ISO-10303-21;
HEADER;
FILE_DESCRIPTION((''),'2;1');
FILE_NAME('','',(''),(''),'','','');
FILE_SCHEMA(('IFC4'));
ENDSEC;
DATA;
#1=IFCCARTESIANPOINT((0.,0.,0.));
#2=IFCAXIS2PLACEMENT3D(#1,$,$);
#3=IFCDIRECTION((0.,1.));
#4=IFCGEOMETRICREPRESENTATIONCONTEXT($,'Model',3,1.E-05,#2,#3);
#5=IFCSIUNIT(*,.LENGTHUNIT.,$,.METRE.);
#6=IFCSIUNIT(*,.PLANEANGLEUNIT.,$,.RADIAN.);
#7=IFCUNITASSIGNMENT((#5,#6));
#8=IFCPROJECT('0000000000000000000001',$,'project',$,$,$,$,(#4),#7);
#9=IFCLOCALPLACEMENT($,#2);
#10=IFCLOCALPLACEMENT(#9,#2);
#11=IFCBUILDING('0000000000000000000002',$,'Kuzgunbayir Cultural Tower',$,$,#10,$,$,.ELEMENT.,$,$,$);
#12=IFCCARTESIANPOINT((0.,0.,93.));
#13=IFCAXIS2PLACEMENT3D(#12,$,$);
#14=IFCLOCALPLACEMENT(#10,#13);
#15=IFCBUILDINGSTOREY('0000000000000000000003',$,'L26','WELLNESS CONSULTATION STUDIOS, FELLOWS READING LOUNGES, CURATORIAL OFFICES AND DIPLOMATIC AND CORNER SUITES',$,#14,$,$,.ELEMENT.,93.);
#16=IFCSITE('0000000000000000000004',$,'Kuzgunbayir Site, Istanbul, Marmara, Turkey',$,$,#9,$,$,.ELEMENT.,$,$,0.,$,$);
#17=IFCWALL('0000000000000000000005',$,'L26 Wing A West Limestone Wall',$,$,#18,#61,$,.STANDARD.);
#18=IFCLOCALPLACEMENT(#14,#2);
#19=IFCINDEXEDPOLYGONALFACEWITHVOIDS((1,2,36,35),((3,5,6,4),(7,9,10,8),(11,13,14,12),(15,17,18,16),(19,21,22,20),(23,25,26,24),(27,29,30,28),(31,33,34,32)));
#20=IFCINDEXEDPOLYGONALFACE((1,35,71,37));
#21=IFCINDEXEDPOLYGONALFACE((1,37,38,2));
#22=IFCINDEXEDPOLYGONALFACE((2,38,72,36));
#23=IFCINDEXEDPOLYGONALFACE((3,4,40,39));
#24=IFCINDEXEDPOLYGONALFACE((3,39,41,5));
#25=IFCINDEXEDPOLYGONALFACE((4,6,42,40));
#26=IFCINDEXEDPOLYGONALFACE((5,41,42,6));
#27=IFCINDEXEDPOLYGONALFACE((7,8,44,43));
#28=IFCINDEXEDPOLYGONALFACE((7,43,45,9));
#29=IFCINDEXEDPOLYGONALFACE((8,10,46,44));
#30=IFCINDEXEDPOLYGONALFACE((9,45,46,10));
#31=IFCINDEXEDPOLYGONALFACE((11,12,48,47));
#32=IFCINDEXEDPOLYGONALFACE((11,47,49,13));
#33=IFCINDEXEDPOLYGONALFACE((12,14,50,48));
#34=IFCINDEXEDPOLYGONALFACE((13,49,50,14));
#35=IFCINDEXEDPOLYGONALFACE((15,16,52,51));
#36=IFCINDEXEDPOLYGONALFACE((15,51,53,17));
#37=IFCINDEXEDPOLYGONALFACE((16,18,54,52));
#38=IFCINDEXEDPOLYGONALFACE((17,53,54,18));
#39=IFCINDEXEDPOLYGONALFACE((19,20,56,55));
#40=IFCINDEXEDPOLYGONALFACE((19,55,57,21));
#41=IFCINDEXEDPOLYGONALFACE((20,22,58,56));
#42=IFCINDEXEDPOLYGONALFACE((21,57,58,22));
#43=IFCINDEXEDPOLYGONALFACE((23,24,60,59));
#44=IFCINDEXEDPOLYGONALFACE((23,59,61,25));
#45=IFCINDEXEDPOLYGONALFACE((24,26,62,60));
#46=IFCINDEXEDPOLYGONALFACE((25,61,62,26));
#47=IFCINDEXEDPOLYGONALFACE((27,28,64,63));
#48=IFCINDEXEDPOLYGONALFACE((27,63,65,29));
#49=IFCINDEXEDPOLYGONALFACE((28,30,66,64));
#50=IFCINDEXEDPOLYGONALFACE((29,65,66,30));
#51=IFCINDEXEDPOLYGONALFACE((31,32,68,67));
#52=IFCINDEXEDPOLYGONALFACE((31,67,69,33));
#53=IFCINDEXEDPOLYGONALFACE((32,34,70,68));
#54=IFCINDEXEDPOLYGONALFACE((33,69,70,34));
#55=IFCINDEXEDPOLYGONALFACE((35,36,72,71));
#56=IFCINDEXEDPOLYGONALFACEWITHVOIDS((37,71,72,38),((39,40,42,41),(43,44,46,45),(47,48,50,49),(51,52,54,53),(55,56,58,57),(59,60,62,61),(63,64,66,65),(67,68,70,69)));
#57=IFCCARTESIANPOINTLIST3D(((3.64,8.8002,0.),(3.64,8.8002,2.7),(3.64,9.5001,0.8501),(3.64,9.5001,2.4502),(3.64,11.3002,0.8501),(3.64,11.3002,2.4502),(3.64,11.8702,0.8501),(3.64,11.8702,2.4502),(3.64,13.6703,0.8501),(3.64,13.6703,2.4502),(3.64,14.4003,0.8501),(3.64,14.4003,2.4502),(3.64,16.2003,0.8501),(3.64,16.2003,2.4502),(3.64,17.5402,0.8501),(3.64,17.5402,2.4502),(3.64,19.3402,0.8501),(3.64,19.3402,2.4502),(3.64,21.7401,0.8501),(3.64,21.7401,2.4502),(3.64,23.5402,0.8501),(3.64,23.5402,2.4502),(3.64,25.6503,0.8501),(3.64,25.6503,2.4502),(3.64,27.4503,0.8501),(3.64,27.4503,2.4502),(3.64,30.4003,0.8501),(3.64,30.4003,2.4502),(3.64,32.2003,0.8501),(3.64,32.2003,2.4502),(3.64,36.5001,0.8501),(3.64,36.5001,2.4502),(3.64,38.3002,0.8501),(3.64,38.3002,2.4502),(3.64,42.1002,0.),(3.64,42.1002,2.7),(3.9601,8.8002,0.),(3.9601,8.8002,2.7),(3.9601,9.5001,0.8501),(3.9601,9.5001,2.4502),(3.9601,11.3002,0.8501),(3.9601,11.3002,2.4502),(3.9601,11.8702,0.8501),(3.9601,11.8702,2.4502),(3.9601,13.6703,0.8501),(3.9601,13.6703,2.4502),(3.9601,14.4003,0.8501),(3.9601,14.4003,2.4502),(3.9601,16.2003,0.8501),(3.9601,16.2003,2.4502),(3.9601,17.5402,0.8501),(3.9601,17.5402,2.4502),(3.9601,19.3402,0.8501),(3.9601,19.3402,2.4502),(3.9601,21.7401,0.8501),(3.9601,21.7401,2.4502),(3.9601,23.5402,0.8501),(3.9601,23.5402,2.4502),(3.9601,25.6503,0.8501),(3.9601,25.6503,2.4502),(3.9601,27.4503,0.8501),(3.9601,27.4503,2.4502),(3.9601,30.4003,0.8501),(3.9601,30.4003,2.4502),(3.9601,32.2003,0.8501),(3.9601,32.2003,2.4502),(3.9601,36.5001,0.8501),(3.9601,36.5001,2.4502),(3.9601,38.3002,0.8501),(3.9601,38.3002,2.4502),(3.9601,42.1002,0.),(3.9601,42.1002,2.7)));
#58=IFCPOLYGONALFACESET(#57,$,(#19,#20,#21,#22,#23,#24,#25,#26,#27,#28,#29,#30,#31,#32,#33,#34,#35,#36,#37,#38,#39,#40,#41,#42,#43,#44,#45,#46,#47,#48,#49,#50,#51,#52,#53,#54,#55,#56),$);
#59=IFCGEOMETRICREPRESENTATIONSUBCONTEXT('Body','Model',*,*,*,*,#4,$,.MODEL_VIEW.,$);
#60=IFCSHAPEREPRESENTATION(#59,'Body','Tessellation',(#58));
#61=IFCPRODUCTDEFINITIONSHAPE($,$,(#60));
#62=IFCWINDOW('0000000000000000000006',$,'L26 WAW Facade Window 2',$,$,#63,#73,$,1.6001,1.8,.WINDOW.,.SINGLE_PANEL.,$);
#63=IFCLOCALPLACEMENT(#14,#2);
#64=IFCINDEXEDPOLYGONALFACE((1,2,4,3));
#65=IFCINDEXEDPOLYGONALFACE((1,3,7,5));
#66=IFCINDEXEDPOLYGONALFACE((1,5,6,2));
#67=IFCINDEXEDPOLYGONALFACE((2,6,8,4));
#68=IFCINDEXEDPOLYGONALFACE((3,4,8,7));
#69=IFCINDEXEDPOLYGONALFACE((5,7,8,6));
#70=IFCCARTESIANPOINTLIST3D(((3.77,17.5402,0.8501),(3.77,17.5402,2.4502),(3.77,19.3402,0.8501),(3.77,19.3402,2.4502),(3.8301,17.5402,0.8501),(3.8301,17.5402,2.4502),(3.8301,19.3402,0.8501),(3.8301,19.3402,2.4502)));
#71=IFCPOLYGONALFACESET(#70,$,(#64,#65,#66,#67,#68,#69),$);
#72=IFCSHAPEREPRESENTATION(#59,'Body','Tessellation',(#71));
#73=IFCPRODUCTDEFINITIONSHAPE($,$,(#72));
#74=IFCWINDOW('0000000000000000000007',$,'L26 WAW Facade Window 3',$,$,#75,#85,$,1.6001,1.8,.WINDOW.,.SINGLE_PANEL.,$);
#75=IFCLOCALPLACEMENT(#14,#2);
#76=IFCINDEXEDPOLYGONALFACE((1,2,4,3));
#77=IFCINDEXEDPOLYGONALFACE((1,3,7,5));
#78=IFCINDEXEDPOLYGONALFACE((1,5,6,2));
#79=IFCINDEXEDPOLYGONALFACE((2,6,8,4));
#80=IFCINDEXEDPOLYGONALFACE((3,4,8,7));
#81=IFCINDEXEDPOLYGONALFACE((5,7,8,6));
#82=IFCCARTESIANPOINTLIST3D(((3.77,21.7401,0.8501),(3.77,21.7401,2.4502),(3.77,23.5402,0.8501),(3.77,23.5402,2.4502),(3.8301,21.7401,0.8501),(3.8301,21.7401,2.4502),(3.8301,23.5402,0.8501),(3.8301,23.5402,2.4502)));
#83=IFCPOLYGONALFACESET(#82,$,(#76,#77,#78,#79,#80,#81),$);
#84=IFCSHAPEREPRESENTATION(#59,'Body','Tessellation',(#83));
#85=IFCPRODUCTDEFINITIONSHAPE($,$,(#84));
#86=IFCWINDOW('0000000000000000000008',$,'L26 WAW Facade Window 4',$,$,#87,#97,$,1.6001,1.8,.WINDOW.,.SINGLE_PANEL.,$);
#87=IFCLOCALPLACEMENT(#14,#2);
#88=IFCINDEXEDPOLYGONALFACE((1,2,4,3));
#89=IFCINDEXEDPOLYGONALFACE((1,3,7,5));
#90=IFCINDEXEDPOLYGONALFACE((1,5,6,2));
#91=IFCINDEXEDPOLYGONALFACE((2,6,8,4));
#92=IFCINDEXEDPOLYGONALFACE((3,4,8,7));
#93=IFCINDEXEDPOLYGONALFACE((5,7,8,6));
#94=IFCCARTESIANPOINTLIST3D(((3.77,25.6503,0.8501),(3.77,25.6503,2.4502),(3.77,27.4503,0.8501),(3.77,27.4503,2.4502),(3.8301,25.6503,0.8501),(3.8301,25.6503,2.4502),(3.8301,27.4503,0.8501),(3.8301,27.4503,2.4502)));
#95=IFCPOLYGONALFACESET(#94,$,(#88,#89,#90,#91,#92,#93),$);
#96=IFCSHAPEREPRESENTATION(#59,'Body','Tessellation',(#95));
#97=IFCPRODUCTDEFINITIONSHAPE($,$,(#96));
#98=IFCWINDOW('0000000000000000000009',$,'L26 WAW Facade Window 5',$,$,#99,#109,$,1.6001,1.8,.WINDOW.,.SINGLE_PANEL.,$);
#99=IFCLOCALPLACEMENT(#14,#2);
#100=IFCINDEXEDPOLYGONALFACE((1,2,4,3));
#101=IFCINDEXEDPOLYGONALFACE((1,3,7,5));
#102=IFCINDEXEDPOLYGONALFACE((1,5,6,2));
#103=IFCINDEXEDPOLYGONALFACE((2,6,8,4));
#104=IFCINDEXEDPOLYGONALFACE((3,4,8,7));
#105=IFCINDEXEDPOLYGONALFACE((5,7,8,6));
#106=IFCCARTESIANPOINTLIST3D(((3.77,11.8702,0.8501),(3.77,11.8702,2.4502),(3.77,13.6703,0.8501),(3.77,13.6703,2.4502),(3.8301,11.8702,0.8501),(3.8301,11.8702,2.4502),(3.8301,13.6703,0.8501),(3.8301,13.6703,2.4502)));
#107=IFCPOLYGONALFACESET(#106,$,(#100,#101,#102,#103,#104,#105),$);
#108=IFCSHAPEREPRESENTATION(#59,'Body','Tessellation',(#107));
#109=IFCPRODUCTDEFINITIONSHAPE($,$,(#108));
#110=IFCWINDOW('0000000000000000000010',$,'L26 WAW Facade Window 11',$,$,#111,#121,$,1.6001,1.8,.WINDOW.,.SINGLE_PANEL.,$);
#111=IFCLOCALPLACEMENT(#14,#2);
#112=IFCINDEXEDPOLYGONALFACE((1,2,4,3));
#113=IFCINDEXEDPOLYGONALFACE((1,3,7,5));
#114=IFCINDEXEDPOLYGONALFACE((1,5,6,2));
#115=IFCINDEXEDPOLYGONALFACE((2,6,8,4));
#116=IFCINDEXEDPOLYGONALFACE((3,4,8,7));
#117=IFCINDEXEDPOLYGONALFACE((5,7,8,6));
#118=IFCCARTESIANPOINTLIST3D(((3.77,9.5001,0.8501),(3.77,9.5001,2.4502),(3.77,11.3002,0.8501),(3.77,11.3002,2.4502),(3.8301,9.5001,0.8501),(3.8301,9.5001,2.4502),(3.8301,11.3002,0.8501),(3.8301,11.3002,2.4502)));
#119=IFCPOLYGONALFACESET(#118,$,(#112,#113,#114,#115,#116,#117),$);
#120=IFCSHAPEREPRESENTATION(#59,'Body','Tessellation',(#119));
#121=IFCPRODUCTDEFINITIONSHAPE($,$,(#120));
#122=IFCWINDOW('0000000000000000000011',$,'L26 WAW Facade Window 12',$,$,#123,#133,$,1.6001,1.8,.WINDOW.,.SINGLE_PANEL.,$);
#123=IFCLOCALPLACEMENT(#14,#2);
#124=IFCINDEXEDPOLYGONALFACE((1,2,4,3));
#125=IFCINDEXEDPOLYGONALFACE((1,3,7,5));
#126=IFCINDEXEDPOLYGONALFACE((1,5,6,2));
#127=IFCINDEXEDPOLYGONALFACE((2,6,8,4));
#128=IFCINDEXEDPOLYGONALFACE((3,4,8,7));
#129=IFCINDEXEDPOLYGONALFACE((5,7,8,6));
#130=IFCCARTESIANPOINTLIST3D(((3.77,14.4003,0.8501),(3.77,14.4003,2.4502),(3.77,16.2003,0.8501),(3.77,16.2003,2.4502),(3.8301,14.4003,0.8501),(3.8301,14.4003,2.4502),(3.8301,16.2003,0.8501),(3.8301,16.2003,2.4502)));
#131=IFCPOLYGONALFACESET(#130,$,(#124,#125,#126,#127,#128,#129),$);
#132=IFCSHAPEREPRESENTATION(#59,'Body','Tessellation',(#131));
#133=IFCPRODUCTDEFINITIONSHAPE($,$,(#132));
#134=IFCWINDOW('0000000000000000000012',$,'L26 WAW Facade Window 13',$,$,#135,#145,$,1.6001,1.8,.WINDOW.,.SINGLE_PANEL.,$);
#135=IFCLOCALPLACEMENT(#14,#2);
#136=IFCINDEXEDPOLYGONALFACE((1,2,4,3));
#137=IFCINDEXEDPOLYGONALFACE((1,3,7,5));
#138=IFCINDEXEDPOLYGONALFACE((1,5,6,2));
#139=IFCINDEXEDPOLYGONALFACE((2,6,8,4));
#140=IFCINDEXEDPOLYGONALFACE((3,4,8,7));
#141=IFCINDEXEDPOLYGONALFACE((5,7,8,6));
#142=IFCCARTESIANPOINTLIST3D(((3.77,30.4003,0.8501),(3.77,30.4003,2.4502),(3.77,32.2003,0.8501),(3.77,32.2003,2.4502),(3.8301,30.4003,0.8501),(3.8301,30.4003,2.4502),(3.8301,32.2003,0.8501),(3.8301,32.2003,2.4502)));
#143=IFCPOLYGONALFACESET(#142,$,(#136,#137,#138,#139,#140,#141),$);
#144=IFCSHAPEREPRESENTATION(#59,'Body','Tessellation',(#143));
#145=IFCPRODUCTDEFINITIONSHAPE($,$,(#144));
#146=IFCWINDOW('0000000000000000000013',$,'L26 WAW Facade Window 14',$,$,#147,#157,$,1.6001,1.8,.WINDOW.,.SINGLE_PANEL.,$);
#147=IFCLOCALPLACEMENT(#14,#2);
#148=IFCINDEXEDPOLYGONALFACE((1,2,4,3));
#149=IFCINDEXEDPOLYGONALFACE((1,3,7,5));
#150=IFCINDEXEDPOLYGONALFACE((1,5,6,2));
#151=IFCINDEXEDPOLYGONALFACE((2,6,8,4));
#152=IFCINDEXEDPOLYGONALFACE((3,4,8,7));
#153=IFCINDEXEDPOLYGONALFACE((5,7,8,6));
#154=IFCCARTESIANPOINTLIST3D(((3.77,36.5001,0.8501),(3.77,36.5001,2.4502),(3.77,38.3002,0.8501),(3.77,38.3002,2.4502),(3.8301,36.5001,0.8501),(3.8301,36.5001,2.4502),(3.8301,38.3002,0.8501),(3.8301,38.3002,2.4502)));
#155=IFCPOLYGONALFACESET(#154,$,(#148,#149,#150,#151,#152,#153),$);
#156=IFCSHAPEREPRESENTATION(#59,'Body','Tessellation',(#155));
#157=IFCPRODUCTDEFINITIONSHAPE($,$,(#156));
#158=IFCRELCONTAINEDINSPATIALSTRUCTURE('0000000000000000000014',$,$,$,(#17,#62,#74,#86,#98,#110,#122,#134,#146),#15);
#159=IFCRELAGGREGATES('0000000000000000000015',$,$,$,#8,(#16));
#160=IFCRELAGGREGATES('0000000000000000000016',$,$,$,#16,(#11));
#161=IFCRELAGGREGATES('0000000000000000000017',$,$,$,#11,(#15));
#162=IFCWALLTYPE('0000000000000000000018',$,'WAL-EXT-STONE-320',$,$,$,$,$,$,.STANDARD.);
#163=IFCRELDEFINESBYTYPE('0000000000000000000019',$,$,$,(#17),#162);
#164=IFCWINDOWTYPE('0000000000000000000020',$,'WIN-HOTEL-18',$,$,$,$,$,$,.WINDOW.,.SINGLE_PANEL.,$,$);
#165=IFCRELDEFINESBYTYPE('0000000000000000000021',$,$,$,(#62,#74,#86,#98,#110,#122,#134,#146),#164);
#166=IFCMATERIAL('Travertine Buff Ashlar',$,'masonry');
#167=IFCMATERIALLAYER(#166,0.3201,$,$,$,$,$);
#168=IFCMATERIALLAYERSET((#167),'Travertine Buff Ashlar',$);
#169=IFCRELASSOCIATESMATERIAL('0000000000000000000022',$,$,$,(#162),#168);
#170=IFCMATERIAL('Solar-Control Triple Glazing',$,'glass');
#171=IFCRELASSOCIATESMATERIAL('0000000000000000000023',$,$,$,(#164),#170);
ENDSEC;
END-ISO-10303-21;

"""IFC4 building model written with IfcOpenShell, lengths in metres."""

from ifc_helpers import new_model, si_unit, direction, frame, frame_2d, origin, place, context, subcontext, project, spatial, rectangle, extrude, material, layer, layer_set, type_object, element, fill, save


model = new_model("IFC4")

# Units and contexts
model_context = context("Model", 3, precision=1e-05, world=origin(), true_north=direction((0.0, 1.0)))
body_context = subcontext(model_context, "Body", "Model", "MODEL_VIEW")
ifc_project = project(units=[si_unit("LENGTHUNIT", "METRE"), si_unit("PLANEANGLEUNIT", "RADIAN")], contexts=[model_context])

# Site, building, storey
site_placement = place(None, origin())
site = spatial("IfcSite", under=ifc_project, at=site_placement, Name="Kuzgunbayir Site, Istanbul, Marmara, Turkey", CompositionType="ELEMENT", RefElevation=0.0)
building_placement = place(site_placement, origin())
building = spatial("IfcBuilding", under=site, at=building_placement, Name="Kuzgunbayir Cultural Tower", CompositionType="ELEMENT")
storey_placement = place(building_placement, frame((0.0, 0.0, 93.0)))
storey = spatial("IfcBuildingStorey", under=building, at=storey_placement, Name="L26", Description="WELLNESS CONSULTATION STUDIOS, FELLOWS READING LOUNGES, CURATORIAL OFFICES AND DIPLOMATIC AND CORNER SUITES", CompositionType="ELEMENT", Elevation=93.0)

# Wall, openings, windows
ifc_material_1 = material(Name="Travertine Buff Ashlar", Category="masonry")
ifc_layer_1 = layer(ifc_material_1, 0.3201)
ifc_layer_set_1 = layer_set([ifc_layer_1], Name="Travertine Buff Ashlar")
wall_type_1 = type_object("IfcWallType", Name="WAL-EXT-STONE-320", PredefinedType="STANDARD", material=ifc_layer_set_1)
wall_1_placement = place(storey_placement, frame((3.8, 42.1001, 0.0), z_axis=(0.0, 0.0, 1.0), x_axis=(0.0, -1.0, 0.0)))
wall_1 = element("IfcWall", 1, at=wall_1_placement, inside=storey, type_object=wall_type_1, Name="L26 Wing A West Limestone Wall", PredefinedType="STANDARD", context=body_context, shape_type="SweptSolid", body=[
    extrude(rectangle(XDim=33.3, YDim=0.3201, at=frame_2d((16.6499, 0.0))), origin(), (0.0, 0.0, 1.0), 2.7),
])
opening_1_placement = place(wall_1_placement, frame((22.76, 0.0, 0.8501)))
opening_1 = element("IfcOpeningElement", 2, at=opening_1_placement, cuts=wall_1, PredefinedType="OPENING", context=body_context, shape_type="SweptSolid", body=[
    extrude(rectangle(XDim=1.8, YDim=1.6001, at=frame_2d((0.8999, 0.8))), frame((0.0, 0.1699, 0.0), z_axis=(0.0, -1.0, 0.0), x_axis=(1.0, 0.0, 0.0)), (0.0, 0.0, 1.0), 0.3401),
])
opening_2_placement = place(wall_1_placement, frame((18.5601, 0.0, 0.8501)))
opening_2 = element("IfcOpeningElement", 3, at=opening_2_placement, cuts=wall_1, PredefinedType="OPENING", context=body_context, shape_type="SweptSolid", body=[
    extrude(rectangle(XDim=1.8, YDim=1.6001, at=frame_2d((0.8999, 0.8))), frame((0.0, 0.1699, 0.0), z_axis=(0.0, -1.0, 0.0), x_axis=(1.0, 0.0, 0.0)), (0.0, 0.0, 1.0), 0.3401),
])
opening_3_placement = place(wall_1_placement, frame((14.6499, 0.0, 0.8501)))
opening_3 = element("IfcOpeningElement", 4, at=opening_3_placement, cuts=wall_1, PredefinedType="OPENING", context=body_context, shape_type="SweptSolid", body=[
    extrude(rectangle(XDim=1.8, YDim=1.6001, at=frame_2d((0.8999, 0.8))), frame((0.0, 0.1699, 0.0), z_axis=(0.0, -1.0, 0.0), x_axis=(1.0, 0.0, 0.0)), (0.0, 0.0, 1.0), 0.3401),
])
opening_4_placement = place(wall_1_placement, frame((28.4299, 0.0, 0.8501)))
opening_4 = element("IfcOpeningElement", 5, at=opening_4_placement, cuts=wall_1, PredefinedType="OPENING", context=body_context, shape_type="SweptSolid", body=[
    extrude(rectangle(XDim=1.8, YDim=1.6001, at=frame_2d((0.8999, 0.8))), frame((0.0, 0.1699, 0.0), z_axis=(0.0, -1.0, 0.0), x_axis=(1.0, 0.0, 0.0)), (0.0, 0.0, 1.0), 0.3401),
])
opening_5_placement = place(wall_1_placement, frame((30.8, 0.0, 0.8501)))
opening_5 = element("IfcOpeningElement", 6, at=opening_5_placement, cuts=wall_1, PredefinedType="OPENING", context=body_context, shape_type="SweptSolid", body=[
    extrude(rectangle(XDim=1.8, YDim=1.6001, at=frame_2d((0.8999, 0.8))), frame((0.0, 0.1699, 0.0), z_axis=(0.0, -1.0, 0.0), x_axis=(1.0, 0.0, 0.0)), (0.0, 0.0, 1.0), 0.3401),
])
opening_6_placement = place(wall_1_placement, frame((25.8999, 0.0, 0.8501)))
opening_6 = element("IfcOpeningElement", 7, at=opening_6_placement, cuts=wall_1, PredefinedType="OPENING", context=body_context, shape_type="SweptSolid", body=[
    extrude(rectangle(XDim=1.8, YDim=1.6001, at=frame_2d((0.8999, 0.8))), frame((0.0, 0.1699, 0.0), z_axis=(0.0, -1.0, 0.0), x_axis=(1.0, 0.0, 0.0)), (0.0, 0.0, 1.0), 0.3401),
])
opening_7_placement = place(wall_1_placement, frame((9.8999, 0.0, 0.8501)))
opening_7 = element("IfcOpeningElement", 8, at=opening_7_placement, cuts=wall_1, PredefinedType="OPENING", context=body_context, shape_type="SweptSolid", body=[
    extrude(rectangle(XDim=1.8, YDim=1.6001, at=frame_2d((0.8999, 0.8))), frame((0.0, 0.1699, 0.0), z_axis=(0.0, -1.0, 0.0), x_axis=(1.0, 0.0, 0.0)), (0.0, 0.0, 1.0), 0.3401),
])
opening_8_placement = place(wall_1_placement, frame((3.8, 0.0, 0.8501)))
opening_8 = element("IfcOpeningElement", 9, at=opening_8_placement, cuts=wall_1, PredefinedType="OPENING", context=body_context, shape_type="SweptSolid", body=[
    extrude(rectangle(XDim=1.8, YDim=1.6001, at=frame_2d((0.8999, 0.8))), frame((0.0, 0.1699, 0.0), z_axis=(0.0, -1.0, 0.0), x_axis=(1.0, 0.0, 0.0)), (0.0, 0.0, 1.0), 0.3401),
])
ifc_material_2 = material(Name="Solar-Control Triple Glazing", Category="glass")
window_type = type_object("IfcWindowType", Name="WIN-HOTEL-18", PartitioningType="SINGLE_PANEL", PredefinedType="WINDOW", material=ifc_material_2)
window_1_placement = place(opening_1_placement, origin())
window_1 = element("IfcWindow", 10, at=window_1_placement, inside=storey, type_object=window_type, Name="L26 WAW Facade Window 2", OverallHeight=1.6001, OverallWidth=1.8, PartitioningType="SINGLE_PANEL", PredefinedType="WINDOW", context=body_context, shape_type="SweptSolid", body=[
    extrude(rectangle(XDim=1.8, YDim=1.6001, at=frame_2d((0.8999, 0.8))), frame((0.0, 0.03, 0.0), z_axis=(0.0, -1.0, 0.0), x_axis=(1.0, 0.0, 0.0)), (0.0, 0.0, 1.0), 0.0601),
])
fill(opening_1, window_1)
window_2_placement = place(opening_2_placement, origin())
window_2 = element("IfcWindow", 11, at=window_2_placement, inside=storey, type_object=window_type, Name="L26 WAW Facade Window 3", OverallHeight=1.6001, OverallWidth=1.8, PartitioningType="SINGLE_PANEL", PredefinedType="WINDOW", context=body_context, shape_type="SweptSolid", body=[
    extrude(rectangle(XDim=1.8, YDim=1.6001, at=frame_2d((0.8999, 0.8))), frame((0.0, 0.03, 0.0), z_axis=(0.0, -1.0, 0.0), x_axis=(1.0, 0.0, 0.0)), (0.0, 0.0, 1.0), 0.0601),
])
fill(opening_2, window_2)
window_3_placement = place(opening_3_placement, origin())
window_3 = element("IfcWindow", 12, at=window_3_placement, inside=storey, type_object=window_type, Name="L26 WAW Facade Window 4", OverallHeight=1.6001, OverallWidth=1.8, PartitioningType="SINGLE_PANEL", PredefinedType="WINDOW", context=body_context, shape_type="SweptSolid", body=[
    extrude(rectangle(XDim=1.8, YDim=1.6001, at=frame_2d((0.8999, 0.8))), frame((0.0, 0.03, 0.0), z_axis=(0.0, -1.0, 0.0), x_axis=(1.0, 0.0, 0.0)), (0.0, 0.0, 1.0), 0.0601),
])
fill(opening_3, window_3)
window_4_placement = place(opening_4_placement, origin())
window_4 = element("IfcWindow", 13, at=window_4_placement, inside=storey, type_object=window_type, Name="L26 WAW Facade Window 5", OverallHeight=1.6001, OverallWidth=1.8, PartitioningType="SINGLE_PANEL", PredefinedType="WINDOW", context=body_context, shape_type="SweptSolid", body=[
    extrude(rectangle(XDim=1.8, YDim=1.6001, at=frame_2d((0.8999, 0.8))), frame((0.0, 0.03, 0.0), z_axis=(0.0, -1.0, 0.0), x_axis=(1.0, 0.0, 0.0)), (0.0, 0.0, 1.0), 0.0601),
])
fill(opening_4, window_4)
window_5_placement = place(opening_5_placement, origin())
window_5 = element("IfcWindow", 14, at=window_5_placement, inside=storey, type_object=window_type, Name="L26 WAW Facade Window 11", OverallHeight=1.6001, OverallWidth=1.8, PartitioningType="SINGLE_PANEL", PredefinedType="WINDOW", context=body_context, shape_type="SweptSolid", body=[
    extrude(rectangle(XDim=1.8, YDim=1.6001, at=frame_2d((0.8999, 0.8))), frame((0.0, 0.03, 0.0), z_axis=(0.0, -1.0, 0.0), x_axis=(1.0, 0.0, 0.0)), (0.0, 0.0, 1.0), 0.0601),
])
fill(opening_5, window_5)
window_6_placement = place(opening_6_placement, origin())
window_6 = element("IfcWindow", 15, at=window_6_placement, inside=storey, type_object=window_type, Name="L26 WAW Facade Window 12", OverallHeight=1.6001, OverallWidth=1.8, PartitioningType="SINGLE_PANEL", PredefinedType="WINDOW", context=body_context, shape_type="SweptSolid", body=[
    extrude(rectangle(XDim=1.8, YDim=1.6001, at=frame_2d((0.8999, 0.8))), frame((0.0, 0.03, 0.0), z_axis=(0.0, -1.0, 0.0), x_axis=(1.0, 0.0, 0.0)), (0.0, 0.0, 1.0), 0.0601),
])
fill(opening_6, window_6)
window_7_placement = place(opening_7_placement, origin())
window_7 = element("IfcWindow", 16, at=window_7_placement, inside=storey, type_object=window_type, Name="L26 WAW Facade Window 13", OverallHeight=1.6001, OverallWidth=1.8, PartitioningType="SINGLE_PANEL", PredefinedType="WINDOW", context=body_context, shape_type="SweptSolid", body=[
    extrude(rectangle(XDim=1.8, YDim=1.6001, at=frame_2d((0.8999, 0.8))), frame((0.0, 0.03, 0.0), z_axis=(0.0, -1.0, 0.0), x_axis=(1.0, 0.0, 0.0)), (0.0, 0.0, 1.0), 0.0601),
])
fill(opening_7, window_7)
window_8_placement = place(opening_8_placement, origin())
window_8 = element("IfcWindow", 17, at=window_8_placement, inside=storey, type_object=window_type, Name="L26 WAW Facade Window 14", OverallHeight=1.6001, OverallWidth=1.8, PartitioningType="SINGLE_PANEL", PredefinedType="WINDOW", context=body_context, shape_type="SweptSolid", body=[
    extrude(rectangle(XDim=1.8, YDim=1.6001, at=frame_2d((0.8999, 0.8))), frame((0.0, 0.03, 0.0), z_axis=(0.0, -1.0, 0.0), x_axis=(1.0, 0.0, 0.0)), (0.0, 0.0, 1.0), 0.0601),
])
fill(opening_8, window_8)

save(model, "model.ifc")
